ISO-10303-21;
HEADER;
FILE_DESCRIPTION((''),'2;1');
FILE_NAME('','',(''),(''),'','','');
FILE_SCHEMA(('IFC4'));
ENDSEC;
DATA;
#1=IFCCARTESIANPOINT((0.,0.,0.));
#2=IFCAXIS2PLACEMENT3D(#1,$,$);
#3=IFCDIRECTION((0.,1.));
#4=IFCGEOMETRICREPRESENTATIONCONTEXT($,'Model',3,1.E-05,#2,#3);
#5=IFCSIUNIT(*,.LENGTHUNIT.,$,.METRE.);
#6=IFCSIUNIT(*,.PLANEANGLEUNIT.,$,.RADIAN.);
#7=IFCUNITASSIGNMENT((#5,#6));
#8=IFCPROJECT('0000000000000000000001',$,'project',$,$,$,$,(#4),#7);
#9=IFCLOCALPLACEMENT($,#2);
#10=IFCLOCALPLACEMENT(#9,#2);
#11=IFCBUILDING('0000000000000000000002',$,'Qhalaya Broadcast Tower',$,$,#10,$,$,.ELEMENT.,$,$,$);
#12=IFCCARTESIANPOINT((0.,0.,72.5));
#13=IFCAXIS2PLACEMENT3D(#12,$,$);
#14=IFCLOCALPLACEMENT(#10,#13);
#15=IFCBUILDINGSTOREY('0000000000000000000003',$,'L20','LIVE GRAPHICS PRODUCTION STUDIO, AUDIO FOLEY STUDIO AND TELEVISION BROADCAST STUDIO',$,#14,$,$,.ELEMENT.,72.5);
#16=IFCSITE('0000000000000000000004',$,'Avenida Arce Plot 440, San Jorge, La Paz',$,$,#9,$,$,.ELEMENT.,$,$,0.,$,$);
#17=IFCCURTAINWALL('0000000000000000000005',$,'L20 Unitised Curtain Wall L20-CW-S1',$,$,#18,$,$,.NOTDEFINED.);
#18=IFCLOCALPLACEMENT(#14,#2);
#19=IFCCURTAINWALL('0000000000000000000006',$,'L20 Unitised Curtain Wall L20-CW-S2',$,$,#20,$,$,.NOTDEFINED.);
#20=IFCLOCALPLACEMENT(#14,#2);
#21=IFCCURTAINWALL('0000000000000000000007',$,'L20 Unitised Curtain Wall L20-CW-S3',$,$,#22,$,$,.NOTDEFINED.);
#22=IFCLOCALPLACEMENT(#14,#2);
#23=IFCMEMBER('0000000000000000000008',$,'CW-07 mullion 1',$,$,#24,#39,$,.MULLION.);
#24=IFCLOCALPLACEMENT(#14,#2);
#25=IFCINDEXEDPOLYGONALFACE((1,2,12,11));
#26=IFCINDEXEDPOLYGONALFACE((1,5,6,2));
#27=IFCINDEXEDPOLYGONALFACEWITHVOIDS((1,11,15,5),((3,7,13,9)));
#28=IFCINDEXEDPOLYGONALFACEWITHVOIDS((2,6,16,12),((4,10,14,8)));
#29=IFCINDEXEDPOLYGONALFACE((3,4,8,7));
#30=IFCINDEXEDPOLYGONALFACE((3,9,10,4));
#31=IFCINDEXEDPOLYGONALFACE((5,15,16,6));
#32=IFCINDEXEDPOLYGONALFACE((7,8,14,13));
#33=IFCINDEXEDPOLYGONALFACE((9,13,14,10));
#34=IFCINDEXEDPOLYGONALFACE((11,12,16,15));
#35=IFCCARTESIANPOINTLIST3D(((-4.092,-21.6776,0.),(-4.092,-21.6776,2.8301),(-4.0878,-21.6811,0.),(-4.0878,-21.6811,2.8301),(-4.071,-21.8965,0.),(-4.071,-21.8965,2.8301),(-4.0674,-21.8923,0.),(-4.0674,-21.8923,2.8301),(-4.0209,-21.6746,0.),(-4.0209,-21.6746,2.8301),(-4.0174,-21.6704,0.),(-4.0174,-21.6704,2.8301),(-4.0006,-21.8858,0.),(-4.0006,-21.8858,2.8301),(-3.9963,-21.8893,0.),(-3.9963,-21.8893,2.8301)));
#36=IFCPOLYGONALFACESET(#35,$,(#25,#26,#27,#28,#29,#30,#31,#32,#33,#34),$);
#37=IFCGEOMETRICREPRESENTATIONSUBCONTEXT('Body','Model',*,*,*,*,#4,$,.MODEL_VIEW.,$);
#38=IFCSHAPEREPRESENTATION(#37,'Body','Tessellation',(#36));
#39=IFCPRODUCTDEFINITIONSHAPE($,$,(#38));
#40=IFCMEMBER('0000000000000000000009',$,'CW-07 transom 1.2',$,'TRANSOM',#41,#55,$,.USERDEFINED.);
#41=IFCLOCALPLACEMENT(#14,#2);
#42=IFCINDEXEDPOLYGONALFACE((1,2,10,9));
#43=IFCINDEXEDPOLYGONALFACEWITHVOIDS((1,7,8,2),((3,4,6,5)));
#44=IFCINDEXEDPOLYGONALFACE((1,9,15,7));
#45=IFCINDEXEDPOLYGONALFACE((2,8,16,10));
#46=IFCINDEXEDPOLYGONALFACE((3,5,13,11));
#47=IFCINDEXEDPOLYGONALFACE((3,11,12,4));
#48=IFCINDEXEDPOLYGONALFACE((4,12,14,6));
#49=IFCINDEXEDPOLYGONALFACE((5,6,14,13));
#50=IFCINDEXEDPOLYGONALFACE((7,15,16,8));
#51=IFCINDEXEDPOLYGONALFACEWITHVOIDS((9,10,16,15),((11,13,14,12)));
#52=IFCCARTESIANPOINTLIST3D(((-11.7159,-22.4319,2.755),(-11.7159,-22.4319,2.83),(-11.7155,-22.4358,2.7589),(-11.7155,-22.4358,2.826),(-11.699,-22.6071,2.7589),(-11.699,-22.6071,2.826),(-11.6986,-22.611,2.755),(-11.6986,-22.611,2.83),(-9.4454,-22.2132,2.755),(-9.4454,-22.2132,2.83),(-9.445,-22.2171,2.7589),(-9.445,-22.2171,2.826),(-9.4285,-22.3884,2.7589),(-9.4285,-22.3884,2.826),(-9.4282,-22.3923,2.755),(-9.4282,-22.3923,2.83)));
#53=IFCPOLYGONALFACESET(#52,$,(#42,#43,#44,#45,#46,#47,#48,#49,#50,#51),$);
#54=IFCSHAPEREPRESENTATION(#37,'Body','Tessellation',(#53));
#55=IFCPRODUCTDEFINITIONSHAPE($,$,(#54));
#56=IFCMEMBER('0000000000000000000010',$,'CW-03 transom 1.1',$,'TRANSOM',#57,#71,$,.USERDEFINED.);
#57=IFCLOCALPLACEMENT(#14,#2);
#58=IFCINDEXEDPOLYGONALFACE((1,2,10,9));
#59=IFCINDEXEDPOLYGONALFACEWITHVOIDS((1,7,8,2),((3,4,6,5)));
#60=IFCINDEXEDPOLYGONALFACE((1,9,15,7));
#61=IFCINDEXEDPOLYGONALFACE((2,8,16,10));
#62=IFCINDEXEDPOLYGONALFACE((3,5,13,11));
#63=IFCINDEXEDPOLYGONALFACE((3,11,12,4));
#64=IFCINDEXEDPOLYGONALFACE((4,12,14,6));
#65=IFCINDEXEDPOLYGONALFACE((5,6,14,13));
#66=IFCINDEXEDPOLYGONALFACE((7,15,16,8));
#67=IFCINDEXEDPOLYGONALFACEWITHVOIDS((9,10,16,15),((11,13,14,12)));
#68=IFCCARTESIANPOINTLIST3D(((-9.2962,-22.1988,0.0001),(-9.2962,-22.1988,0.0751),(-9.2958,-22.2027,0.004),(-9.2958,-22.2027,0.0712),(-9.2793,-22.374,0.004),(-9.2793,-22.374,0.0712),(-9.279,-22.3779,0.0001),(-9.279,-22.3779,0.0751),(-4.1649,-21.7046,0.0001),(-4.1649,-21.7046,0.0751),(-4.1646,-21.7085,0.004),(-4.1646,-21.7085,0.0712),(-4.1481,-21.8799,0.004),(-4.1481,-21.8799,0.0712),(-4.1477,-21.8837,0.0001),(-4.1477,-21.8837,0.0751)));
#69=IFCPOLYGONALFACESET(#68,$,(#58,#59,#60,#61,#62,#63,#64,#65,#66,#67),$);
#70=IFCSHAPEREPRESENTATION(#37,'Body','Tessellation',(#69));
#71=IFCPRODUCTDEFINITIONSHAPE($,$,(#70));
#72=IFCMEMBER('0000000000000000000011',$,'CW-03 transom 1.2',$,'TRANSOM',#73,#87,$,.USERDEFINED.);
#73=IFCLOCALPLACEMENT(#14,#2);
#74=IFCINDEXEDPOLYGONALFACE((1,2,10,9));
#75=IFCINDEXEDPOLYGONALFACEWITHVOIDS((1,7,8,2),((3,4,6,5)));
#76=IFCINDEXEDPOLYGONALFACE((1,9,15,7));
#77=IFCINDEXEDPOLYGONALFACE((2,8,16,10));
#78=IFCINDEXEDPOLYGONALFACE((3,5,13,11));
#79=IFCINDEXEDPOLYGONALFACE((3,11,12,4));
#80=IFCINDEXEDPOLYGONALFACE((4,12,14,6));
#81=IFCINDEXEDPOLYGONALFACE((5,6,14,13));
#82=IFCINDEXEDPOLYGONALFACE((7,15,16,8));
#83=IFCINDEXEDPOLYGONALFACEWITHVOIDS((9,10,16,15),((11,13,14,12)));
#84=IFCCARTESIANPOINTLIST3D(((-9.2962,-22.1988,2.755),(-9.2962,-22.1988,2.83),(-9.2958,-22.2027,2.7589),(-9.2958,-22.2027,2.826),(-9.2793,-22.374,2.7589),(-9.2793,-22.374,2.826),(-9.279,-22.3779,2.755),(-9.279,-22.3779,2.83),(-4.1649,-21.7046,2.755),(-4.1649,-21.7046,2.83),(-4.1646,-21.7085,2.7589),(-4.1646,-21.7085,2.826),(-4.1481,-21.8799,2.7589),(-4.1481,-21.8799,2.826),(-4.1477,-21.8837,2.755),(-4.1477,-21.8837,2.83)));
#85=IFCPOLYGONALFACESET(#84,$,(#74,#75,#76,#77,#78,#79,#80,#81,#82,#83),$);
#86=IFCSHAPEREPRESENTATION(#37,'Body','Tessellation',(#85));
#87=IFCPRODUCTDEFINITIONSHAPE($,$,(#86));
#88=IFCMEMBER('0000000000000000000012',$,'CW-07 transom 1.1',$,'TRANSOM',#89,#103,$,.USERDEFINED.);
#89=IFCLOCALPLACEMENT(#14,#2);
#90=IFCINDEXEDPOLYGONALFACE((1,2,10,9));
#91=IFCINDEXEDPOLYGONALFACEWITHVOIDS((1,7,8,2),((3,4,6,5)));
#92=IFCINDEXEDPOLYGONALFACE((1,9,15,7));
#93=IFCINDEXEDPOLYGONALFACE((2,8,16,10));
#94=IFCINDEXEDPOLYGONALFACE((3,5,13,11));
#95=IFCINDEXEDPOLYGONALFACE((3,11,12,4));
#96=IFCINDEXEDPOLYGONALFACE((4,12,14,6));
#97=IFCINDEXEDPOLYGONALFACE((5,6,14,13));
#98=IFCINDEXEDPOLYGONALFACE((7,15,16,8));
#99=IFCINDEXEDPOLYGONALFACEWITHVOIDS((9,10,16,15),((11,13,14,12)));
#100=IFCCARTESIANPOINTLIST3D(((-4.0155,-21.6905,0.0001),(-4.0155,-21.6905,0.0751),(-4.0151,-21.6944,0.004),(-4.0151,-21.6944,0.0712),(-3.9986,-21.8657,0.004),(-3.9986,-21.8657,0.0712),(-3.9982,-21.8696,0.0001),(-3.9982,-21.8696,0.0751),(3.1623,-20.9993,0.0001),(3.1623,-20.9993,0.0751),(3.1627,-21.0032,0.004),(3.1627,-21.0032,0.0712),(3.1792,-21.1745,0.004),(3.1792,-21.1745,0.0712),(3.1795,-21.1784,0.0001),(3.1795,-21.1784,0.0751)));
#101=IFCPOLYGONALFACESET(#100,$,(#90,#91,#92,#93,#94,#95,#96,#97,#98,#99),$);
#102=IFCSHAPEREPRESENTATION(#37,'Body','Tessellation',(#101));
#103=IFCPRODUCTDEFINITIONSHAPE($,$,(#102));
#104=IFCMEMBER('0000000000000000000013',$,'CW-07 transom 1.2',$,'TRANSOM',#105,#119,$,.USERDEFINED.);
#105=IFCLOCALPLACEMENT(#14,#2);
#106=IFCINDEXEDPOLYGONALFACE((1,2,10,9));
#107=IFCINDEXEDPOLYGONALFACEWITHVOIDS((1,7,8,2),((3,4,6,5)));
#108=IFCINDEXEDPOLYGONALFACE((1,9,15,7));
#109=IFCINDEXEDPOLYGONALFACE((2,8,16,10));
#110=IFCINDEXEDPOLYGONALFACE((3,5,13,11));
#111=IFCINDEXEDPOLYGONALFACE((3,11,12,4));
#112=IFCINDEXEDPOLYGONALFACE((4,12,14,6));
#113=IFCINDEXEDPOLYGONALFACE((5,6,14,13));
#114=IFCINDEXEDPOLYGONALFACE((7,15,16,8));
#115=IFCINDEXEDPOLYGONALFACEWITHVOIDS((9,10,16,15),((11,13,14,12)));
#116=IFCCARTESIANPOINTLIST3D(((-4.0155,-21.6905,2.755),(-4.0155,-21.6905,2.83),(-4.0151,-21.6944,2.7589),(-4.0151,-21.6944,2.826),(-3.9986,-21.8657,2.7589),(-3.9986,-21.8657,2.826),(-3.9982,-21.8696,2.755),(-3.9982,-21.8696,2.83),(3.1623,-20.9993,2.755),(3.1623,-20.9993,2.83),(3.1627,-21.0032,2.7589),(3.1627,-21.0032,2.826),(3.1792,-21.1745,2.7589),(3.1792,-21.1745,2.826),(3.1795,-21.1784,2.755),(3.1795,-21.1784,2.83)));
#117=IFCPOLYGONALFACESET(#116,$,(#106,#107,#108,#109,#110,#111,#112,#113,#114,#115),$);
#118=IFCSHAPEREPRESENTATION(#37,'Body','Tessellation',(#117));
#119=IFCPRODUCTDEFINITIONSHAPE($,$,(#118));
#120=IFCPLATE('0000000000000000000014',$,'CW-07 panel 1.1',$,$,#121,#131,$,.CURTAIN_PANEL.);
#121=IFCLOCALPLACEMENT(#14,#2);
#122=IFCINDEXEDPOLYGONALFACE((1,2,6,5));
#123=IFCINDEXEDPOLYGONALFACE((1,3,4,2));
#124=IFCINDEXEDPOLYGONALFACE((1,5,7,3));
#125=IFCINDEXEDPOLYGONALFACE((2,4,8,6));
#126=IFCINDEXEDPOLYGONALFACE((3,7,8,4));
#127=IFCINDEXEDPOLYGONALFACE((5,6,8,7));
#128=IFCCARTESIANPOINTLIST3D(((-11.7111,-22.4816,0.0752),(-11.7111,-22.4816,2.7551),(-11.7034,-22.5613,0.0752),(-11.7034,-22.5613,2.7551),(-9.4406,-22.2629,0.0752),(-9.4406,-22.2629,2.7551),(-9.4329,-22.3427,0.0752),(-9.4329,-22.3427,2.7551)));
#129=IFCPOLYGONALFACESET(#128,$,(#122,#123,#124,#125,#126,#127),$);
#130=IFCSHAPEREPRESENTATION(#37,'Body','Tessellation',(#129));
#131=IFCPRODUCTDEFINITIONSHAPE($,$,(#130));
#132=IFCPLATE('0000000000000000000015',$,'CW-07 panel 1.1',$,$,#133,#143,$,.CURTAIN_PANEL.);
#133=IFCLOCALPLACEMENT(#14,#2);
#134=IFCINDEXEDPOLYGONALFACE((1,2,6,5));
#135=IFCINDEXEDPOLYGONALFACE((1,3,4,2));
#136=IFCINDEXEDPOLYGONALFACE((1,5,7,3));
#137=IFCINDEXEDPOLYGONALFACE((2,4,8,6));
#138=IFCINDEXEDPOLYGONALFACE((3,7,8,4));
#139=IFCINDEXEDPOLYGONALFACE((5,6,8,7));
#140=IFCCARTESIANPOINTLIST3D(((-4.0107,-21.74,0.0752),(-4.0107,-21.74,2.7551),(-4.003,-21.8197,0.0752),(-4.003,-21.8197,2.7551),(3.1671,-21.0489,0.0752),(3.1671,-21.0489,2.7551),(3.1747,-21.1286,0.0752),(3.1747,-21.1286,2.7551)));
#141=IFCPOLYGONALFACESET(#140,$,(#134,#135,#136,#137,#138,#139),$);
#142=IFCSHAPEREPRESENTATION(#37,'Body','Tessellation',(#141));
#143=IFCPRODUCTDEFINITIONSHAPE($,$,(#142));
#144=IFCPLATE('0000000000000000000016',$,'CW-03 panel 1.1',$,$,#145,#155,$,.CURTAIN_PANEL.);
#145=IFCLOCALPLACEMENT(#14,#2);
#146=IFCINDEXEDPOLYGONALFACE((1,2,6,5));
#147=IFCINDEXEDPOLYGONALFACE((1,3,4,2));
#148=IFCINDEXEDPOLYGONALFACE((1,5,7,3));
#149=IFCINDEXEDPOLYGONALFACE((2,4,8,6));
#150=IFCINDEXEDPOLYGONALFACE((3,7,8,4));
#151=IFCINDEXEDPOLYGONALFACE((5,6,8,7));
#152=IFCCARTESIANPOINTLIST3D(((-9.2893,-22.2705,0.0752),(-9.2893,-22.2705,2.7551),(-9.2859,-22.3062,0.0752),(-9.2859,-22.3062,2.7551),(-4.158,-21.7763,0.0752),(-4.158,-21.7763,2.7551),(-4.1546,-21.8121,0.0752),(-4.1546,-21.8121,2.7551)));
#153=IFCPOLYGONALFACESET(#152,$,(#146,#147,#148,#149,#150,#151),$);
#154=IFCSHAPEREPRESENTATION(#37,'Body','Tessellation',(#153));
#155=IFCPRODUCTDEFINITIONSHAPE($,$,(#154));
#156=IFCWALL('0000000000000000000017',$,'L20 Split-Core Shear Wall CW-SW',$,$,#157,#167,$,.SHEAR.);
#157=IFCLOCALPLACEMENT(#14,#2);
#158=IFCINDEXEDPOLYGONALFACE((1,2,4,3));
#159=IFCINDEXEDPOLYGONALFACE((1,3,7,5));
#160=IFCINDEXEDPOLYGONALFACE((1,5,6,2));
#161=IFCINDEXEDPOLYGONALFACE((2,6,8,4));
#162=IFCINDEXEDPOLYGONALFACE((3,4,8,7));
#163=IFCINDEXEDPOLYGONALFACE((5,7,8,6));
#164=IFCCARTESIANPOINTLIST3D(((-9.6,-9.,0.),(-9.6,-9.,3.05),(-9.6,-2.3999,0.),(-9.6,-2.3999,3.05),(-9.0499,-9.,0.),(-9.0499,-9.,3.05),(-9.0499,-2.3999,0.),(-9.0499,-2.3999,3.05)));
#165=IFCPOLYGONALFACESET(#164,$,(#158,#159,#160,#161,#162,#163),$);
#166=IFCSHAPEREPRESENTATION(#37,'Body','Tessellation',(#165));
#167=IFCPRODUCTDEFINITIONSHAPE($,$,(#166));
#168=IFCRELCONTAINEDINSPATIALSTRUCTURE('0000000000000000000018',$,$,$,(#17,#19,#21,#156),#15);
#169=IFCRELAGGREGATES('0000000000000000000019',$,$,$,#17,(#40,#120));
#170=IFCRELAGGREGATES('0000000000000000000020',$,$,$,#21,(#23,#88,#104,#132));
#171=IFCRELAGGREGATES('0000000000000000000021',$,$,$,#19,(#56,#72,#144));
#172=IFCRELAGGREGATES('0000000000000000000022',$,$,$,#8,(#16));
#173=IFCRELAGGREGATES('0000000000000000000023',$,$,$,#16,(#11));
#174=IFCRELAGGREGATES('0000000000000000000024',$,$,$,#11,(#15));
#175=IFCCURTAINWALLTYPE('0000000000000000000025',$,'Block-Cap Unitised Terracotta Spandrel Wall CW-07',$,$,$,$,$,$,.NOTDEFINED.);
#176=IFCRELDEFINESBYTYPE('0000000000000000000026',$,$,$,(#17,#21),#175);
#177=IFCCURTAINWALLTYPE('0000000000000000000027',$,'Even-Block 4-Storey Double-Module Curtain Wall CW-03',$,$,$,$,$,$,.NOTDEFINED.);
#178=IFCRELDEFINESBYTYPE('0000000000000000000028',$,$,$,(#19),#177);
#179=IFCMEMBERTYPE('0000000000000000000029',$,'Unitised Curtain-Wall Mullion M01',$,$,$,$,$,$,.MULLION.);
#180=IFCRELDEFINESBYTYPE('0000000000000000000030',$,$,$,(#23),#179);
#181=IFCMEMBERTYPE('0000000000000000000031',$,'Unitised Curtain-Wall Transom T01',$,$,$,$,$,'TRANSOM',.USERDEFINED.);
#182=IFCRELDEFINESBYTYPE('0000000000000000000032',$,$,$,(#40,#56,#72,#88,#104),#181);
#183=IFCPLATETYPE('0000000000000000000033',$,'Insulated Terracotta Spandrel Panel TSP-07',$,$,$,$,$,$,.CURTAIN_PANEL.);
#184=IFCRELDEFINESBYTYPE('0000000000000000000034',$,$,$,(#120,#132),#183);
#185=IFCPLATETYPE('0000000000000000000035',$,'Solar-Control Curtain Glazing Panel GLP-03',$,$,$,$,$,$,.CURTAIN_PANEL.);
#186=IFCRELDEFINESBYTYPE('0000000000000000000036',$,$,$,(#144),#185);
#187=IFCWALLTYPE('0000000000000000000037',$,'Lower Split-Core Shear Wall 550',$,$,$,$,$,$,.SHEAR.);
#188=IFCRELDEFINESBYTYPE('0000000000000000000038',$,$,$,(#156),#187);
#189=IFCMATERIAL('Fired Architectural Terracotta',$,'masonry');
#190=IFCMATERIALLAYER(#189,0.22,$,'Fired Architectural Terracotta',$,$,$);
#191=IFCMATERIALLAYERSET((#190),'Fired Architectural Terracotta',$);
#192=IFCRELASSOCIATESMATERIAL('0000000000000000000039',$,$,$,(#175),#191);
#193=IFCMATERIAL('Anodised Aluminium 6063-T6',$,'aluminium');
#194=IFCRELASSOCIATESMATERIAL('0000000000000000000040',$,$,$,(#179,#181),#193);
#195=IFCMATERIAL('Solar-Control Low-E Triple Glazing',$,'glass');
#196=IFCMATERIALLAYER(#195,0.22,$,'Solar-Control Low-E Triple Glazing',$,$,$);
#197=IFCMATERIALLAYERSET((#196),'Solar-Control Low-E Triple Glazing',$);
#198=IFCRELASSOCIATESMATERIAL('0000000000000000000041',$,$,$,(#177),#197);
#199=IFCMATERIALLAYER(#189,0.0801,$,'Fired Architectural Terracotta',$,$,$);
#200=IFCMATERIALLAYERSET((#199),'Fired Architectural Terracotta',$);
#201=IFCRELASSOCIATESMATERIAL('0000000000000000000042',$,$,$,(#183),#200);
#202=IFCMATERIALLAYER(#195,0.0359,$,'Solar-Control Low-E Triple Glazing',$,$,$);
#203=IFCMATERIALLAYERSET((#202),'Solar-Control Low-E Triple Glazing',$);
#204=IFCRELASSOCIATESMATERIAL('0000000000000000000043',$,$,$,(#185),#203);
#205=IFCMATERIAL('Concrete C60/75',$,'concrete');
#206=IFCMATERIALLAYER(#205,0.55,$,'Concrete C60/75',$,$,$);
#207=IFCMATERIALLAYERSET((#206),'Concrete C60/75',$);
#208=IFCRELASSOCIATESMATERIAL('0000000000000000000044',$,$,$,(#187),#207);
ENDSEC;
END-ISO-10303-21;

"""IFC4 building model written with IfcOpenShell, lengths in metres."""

from ifc_helpers import new_model, si_unit, direction, frame, frame_2d, origin, origin_2d, place, context, subcontext, project, spatial, rectangle, hollow_rectangle, extrude, material, layer, layer_set, material_profile, profile_set, type_object, element, aggregate, save


model = new_model("IFC4")

# Units and contexts
model_context = context("Model", 3, precision=1e-05, world=origin(), true_north=direction((0.0, 1.0)))
body_context = subcontext(model_context, "Body", "Model", "MODEL_VIEW")
ifc_project = project(units=[si_unit("LENGTHUNIT", "METRE"), si_unit("PLANEANGLEUNIT", "RADIAN")], contexts=[model_context])

# Site, building, storey
site_placement = place(None, origin())
site = spatial("IfcSite", under=ifc_project, at=site_placement, Name="Avenida Arce Plot 440, San Jorge, La Paz", CompositionType="ELEMENT", RefElevation=0.0)
building_placement = place(site_placement, origin())
building = spatial("IfcBuilding", under=site, at=building_placement, Name="Qhalaya Broadcast Tower", CompositionType="ELEMENT")
storey_placement = place(building_placement, frame((0.0, 0.0, 72.5)))
storey = spatial("IfcBuildingStorey", under=building, at=storey_placement, Name="L20", Description="LIVE GRAPHICS PRODUCTION STUDIO, AUDIO FOLEY STUDIO AND TELEVISION BROADCAST STUDIO", CompositionType="ELEMENT", Elevation=72.5)

# Curtain wall
ifc_material_1 = material(Name="Fired Architectural Terracotta", Category="masonry")
ifc_layer_1 = layer(ifc_material_1, 0.22, Name="Fired Architectural Terracotta")
ifc_layer_set_1 = layer_set([ifc_layer_1], Name="Fired Architectural Terracotta")
curtain_wall_type_1 = type_object("IfcCurtainWallType", Name="Block-Cap Unitised Terracotta Spandrel Wall CW-07", PredefinedType="NOTDEFINED", material=ifc_layer_set_1)
curtain_wall_1_placement = place(storey_placement, origin())
curtain_wall_1 = element("IfcCurtainWall", 1, at=curtain_wall_1_placement, inside=storey, type_object=curtain_wall_type_1, Name="L20 Unitised Curtain Wall L20-CW-S1", PredefinedType="NOTDEFINED")
ifc_material_2 = material(Name="Anodised Aluminium 6063-T6", Category="aluminium")
ifc_material_profile_1 = material_profile(ifc_material_2, hollow_rectangle(XDim=0.075, YDim=0.22, WallThickness=0.0039, at=origin_2d()), Name="ALU-MUL 75x220x4")
ifc_profile_set_1 = profile_set([ifc_material_profile_1], Name="Anodised Aluminium 6063-T6")
member_type_1 = type_object("IfcMemberType", Name="Unitised Curtain-Wall Mullion M01", PredefinedType="MULLION", material=ifc_profile_set_1)

# Curtain wall
ifc_material_3 = material(Name="Solar-Control Low-E Triple Glazing", Category="glass")
ifc_layer_2 = layer(ifc_material_3, 0.22, Name="Solar-Control Low-E Triple Glazing")
ifc_layer_set_2 = layer_set([ifc_layer_2], Name="Solar-Control Low-E Triple Glazing")
curtain_wall_type_2 = type_object("IfcCurtainWallType", Name="Even-Block 4-Storey Double-Module Curtain Wall CW-03", PredefinedType="NOTDEFINED", material=ifc_layer_set_2)
curtain_wall_2_placement = place(storey_placement, origin())
curtain_wall_2 = element("IfcCurtainWall", 2, at=curtain_wall_2_placement, inside=storey, type_object=curtain_wall_type_2, Name="L20 Unitised Curtain Wall L20-CW-S2", PredefinedType="NOTDEFINED")

# Curtain wall, member
curtain_wall_3_placement = place(storey_placement, origin())
curtain_wall_3 = element("IfcCurtainWall", 3, at=curtain_wall_3_placement, inside=storey, type_object=curtain_wall_type_1, Name="L20 Unitised Curtain Wall L20-CW-S3", PredefinedType="NOTDEFINED")
member_1_placement = place(storey_placement, frame((-4.0442, -21.7834, 0.0), z_axis=(0.0, 0.0, 1.0), x_axis=(0.995396, 0.095843, 0.0)))
member_1 = element("IfcMember", 4, at=member_1_placement, type_object=member_type_1, Name="CW-07 mullion 1", PredefinedType="MULLION", context=body_context, shape_type="SweptSolid", body=[
    extrude(hollow_rectangle(XDim=0.075, YDim=0.22, WallThickness=0.0039, at=origin_2d()), origin(), (0.0, 0.0, 1.0), 2.8301),
])

# Members
ifc_material_profile_2 = material_profile(ifc_material_2, hollow_rectangle(XDim=0.075, YDim=0.1799, WallThickness=0.0039, at=origin_2d()), Name="ALU-TRN 75x180x4")
ifc_profile_set_2 = profile_set([ifc_material_profile_2], Name="Anodised Aluminium 6063-T6")
member_type_2 = type_object("IfcMemberType", Name="Unitised Curtain-Wall Transom T01", ElementType="TRANSOM", PredefinedType="USERDEFINED", material=ifc_profile_set_2)
member_2_placement = place(storey_placement, frame((-11.7073, -22.5215, 2.7925), z_axis=(0.995391, 0.0959, 0.0), x_axis=(0.0, 0.0, 1.0)))
member_2 = element("IfcMember", 5, at=member_2_placement, type_object=member_type_2, Name="CW-07 transom 1.2", ObjectType="TRANSOM", PredefinedType="USERDEFINED", context=body_context, shape_type="SweptSolid", body=[
    extrude(hollow_rectangle(XDim=0.075, YDim=0.1799, WallThickness=0.0039, at=origin_2d()), origin(), (0.0, 0.0, 1.0), 2.281),
])
member_3_placement = place(storey_placement, frame((-9.2876, -22.2883, 0.0376), z_axis=(0.995395, 0.095855, 0.0), x_axis=(0.0, 0.0, 1.0)))
member_3 = element("IfcMember", 6, at=member_3_placement, type_object=member_type_2, Name="CW-03 transom 1.1", ObjectType="TRANSOM", PredefinedType="USERDEFINED", context=body_context, shape_type="SweptSolid", body=[
    extrude(hollow_rectangle(XDim=0.075, YDim=0.1799, WallThickness=0.0039, at=origin_2d()), origin(), (0.0, 0.0, 1.0), 5.155),
])
member_4_placement = place(storey_placement, frame((-9.2876, -22.2883, 2.7925), z_axis=(0.995395, 0.095855, 0.0), x_axis=(0.0, 0.0, 1.0)))
member_4 = element("IfcMember", 7, at=member_4_placement, type_object=member_type_2, Name="CW-03 transom 1.2", ObjectType="TRANSOM", PredefinedType="USERDEFINED", context=body_context, shape_type="SweptSolid", body=[
    extrude(hollow_rectangle(XDim=0.075, YDim=0.1799, WallThickness=0.0039, at=origin_2d()), origin(), (0.0, 0.0, 1.0), 5.155),
])
member_5_placement = place(storey_placement, frame((-4.0068, -21.78, 0.0376), z_axis=(0.995396, 0.095849, 0.0), x_axis=(0.0, 0.0, 1.0)))
member_5 = element("IfcMember", 8, at=member_5_placement, type_object=member_type_2, Name="CW-07 transom 1.1", ObjectType="TRANSOM", PredefinedType="USERDEFINED", context=body_context, shape_type="SweptSolid", body=[
    extrude(hollow_rectangle(XDim=0.075, YDim=0.1799, WallThickness=0.0039, at=origin_2d()), origin(), (0.0, 0.0, 1.0), 7.2109),
])
member_6_placement = place(storey_placement, frame((-4.0068, -21.78, 2.7925), z_axis=(0.995396, 0.095849, 0.0), x_axis=(0.0, 0.0, 1.0)))
member_6 = element("IfcMember", 9, at=member_6_placement, type_object=member_type_2, Name="CW-07 transom 1.2", ObjectType="TRANSOM", PredefinedType="USERDEFINED", context=body_context, shape_type="SweptSolid", body=[
    extrude(hollow_rectangle(XDim=0.075, YDim=0.1799, WallThickness=0.0039, at=origin_2d()), origin(), (0.0, 0.0, 1.0), 7.2109),
])

# Plates
ifc_layer_3 = layer(ifc_material_1, 0.0801, Name="Fired Architectural Terracotta")
ifc_layer_set_3 = layer_set([ifc_layer_3], Name="Fired Architectural Terracotta")
plate_type_1 = type_object("IfcPlateType", Name="Insulated Terracotta Spandrel Panel TSP-07", PredefinedType="CURTAIN_PANEL", material=ifc_layer_set_3)
plate_1_placement = place(storey_placement, frame((-10.572, -22.4121, 0.0752), z_axis=(0.0, 0.0, 1.0), x_axis=(0.995396, 0.095846, 0.0)))
plate_1 = element("IfcPlate", 10, at=plate_1_placement, type_object=plate_type_1, Name="CW-07 panel 1.1", PredefinedType="CURTAIN_PANEL", context=body_context, shape_type="SweptSolid", body=[
    extrude(rectangle(XDim=2.281, YDim=0.0801, at=origin_2d()), origin(), (0.0, 0.0, 1.0), 2.6799),
])
aggregate(curtain_wall_1, [member_2, plate_1])
plate_2_placement = place(storey_placement, frame((-0.418, -21.4343, 0.0752), z_axis=(0.0, 0.0, 1.0), x_axis=(0.995396, 0.095843, 0.0)))
plate_2 = element("IfcPlate", 11, at=plate_2_placement, type_object=plate_type_1, Name="CW-07 panel 1.1", PredefinedType="CURTAIN_PANEL", context=body_context, shape_type="SweptSolid", body=[
    extrude(rectangle(XDim=7.2109, YDim=0.0801, at=origin_2d()), origin(), (0.0, 0.0, 1.0), 2.6799),
])
aggregate(curtain_wall_3, [member_1, member_5, member_6, plate_2])
ifc_layer_4 = layer(ifc_material_3, 0.0359, Name="Solar-Control Low-E Triple Glazing")
ifc_layer_set_4 = layer_set([ifc_layer_4], Name="Solar-Control Low-E Triple Glazing")
plate_type_2 = type_object("IfcPlateType", Name="Solar-Control Curtain Glazing Panel GLP-03", PredefinedType="CURTAIN_PANEL", material=ifc_layer_set_4)
plate_3_placement = place(storey_placement, frame((-6.7219, -22.0413, 0.0752), z_axis=(0.0, 0.0, 1.0), x_axis=(0.995396, 0.095852, 0.0)))
plate_3 = element("IfcPlate", 12, at=plate_3_placement, type_object=plate_type_2, Name="CW-03 panel 1.1", PredefinedType="CURTAIN_PANEL", context=body_context, shape_type="SweptSolid", body=[
    extrude(rectangle(XDim=5.155, YDim=0.0359, at=origin_2d()), origin(), (0.0, 0.0, 1.0), 2.6799),
])
aggregate(curtain_wall_2, [member_3, member_4, plate_3])

# Wall
ifc_material_4 = material(Name="Concrete C60/75", Category="concrete")
ifc_layer_5 = layer(ifc_material_4, 0.55, Name="Concrete C60/75")
ifc_layer_set_5 = layer_set([ifc_layer_5], Name="Concrete C60/75")
wall_type = type_object("IfcWallType", Name="Lower Split-Core Shear Wall 550", PredefinedType="SHEAR", material=ifc_layer_set_5)
wall_placement = place(storey_placement, frame((-9.325, -9.0, 0.0), z_axis=(0.0, 0.0, 1.0), x_axis=(0.0, 1.0, 0.0)))
element("IfcWall", 13, at=wall_placement, inside=storey, type_object=wall_type, Name="L20 Split-Core Shear Wall CW-SW", PredefinedType="SHEAR", context=body_context, shape_type="SweptSolid", body=[
    extrude(rectangle(XDim=6.6001, YDim=0.55, at=frame_2d((3.3, 0.0))), origin(), (0.0, 0.0, 1.0), 3.05),
])

save(model, "model.ifc")
